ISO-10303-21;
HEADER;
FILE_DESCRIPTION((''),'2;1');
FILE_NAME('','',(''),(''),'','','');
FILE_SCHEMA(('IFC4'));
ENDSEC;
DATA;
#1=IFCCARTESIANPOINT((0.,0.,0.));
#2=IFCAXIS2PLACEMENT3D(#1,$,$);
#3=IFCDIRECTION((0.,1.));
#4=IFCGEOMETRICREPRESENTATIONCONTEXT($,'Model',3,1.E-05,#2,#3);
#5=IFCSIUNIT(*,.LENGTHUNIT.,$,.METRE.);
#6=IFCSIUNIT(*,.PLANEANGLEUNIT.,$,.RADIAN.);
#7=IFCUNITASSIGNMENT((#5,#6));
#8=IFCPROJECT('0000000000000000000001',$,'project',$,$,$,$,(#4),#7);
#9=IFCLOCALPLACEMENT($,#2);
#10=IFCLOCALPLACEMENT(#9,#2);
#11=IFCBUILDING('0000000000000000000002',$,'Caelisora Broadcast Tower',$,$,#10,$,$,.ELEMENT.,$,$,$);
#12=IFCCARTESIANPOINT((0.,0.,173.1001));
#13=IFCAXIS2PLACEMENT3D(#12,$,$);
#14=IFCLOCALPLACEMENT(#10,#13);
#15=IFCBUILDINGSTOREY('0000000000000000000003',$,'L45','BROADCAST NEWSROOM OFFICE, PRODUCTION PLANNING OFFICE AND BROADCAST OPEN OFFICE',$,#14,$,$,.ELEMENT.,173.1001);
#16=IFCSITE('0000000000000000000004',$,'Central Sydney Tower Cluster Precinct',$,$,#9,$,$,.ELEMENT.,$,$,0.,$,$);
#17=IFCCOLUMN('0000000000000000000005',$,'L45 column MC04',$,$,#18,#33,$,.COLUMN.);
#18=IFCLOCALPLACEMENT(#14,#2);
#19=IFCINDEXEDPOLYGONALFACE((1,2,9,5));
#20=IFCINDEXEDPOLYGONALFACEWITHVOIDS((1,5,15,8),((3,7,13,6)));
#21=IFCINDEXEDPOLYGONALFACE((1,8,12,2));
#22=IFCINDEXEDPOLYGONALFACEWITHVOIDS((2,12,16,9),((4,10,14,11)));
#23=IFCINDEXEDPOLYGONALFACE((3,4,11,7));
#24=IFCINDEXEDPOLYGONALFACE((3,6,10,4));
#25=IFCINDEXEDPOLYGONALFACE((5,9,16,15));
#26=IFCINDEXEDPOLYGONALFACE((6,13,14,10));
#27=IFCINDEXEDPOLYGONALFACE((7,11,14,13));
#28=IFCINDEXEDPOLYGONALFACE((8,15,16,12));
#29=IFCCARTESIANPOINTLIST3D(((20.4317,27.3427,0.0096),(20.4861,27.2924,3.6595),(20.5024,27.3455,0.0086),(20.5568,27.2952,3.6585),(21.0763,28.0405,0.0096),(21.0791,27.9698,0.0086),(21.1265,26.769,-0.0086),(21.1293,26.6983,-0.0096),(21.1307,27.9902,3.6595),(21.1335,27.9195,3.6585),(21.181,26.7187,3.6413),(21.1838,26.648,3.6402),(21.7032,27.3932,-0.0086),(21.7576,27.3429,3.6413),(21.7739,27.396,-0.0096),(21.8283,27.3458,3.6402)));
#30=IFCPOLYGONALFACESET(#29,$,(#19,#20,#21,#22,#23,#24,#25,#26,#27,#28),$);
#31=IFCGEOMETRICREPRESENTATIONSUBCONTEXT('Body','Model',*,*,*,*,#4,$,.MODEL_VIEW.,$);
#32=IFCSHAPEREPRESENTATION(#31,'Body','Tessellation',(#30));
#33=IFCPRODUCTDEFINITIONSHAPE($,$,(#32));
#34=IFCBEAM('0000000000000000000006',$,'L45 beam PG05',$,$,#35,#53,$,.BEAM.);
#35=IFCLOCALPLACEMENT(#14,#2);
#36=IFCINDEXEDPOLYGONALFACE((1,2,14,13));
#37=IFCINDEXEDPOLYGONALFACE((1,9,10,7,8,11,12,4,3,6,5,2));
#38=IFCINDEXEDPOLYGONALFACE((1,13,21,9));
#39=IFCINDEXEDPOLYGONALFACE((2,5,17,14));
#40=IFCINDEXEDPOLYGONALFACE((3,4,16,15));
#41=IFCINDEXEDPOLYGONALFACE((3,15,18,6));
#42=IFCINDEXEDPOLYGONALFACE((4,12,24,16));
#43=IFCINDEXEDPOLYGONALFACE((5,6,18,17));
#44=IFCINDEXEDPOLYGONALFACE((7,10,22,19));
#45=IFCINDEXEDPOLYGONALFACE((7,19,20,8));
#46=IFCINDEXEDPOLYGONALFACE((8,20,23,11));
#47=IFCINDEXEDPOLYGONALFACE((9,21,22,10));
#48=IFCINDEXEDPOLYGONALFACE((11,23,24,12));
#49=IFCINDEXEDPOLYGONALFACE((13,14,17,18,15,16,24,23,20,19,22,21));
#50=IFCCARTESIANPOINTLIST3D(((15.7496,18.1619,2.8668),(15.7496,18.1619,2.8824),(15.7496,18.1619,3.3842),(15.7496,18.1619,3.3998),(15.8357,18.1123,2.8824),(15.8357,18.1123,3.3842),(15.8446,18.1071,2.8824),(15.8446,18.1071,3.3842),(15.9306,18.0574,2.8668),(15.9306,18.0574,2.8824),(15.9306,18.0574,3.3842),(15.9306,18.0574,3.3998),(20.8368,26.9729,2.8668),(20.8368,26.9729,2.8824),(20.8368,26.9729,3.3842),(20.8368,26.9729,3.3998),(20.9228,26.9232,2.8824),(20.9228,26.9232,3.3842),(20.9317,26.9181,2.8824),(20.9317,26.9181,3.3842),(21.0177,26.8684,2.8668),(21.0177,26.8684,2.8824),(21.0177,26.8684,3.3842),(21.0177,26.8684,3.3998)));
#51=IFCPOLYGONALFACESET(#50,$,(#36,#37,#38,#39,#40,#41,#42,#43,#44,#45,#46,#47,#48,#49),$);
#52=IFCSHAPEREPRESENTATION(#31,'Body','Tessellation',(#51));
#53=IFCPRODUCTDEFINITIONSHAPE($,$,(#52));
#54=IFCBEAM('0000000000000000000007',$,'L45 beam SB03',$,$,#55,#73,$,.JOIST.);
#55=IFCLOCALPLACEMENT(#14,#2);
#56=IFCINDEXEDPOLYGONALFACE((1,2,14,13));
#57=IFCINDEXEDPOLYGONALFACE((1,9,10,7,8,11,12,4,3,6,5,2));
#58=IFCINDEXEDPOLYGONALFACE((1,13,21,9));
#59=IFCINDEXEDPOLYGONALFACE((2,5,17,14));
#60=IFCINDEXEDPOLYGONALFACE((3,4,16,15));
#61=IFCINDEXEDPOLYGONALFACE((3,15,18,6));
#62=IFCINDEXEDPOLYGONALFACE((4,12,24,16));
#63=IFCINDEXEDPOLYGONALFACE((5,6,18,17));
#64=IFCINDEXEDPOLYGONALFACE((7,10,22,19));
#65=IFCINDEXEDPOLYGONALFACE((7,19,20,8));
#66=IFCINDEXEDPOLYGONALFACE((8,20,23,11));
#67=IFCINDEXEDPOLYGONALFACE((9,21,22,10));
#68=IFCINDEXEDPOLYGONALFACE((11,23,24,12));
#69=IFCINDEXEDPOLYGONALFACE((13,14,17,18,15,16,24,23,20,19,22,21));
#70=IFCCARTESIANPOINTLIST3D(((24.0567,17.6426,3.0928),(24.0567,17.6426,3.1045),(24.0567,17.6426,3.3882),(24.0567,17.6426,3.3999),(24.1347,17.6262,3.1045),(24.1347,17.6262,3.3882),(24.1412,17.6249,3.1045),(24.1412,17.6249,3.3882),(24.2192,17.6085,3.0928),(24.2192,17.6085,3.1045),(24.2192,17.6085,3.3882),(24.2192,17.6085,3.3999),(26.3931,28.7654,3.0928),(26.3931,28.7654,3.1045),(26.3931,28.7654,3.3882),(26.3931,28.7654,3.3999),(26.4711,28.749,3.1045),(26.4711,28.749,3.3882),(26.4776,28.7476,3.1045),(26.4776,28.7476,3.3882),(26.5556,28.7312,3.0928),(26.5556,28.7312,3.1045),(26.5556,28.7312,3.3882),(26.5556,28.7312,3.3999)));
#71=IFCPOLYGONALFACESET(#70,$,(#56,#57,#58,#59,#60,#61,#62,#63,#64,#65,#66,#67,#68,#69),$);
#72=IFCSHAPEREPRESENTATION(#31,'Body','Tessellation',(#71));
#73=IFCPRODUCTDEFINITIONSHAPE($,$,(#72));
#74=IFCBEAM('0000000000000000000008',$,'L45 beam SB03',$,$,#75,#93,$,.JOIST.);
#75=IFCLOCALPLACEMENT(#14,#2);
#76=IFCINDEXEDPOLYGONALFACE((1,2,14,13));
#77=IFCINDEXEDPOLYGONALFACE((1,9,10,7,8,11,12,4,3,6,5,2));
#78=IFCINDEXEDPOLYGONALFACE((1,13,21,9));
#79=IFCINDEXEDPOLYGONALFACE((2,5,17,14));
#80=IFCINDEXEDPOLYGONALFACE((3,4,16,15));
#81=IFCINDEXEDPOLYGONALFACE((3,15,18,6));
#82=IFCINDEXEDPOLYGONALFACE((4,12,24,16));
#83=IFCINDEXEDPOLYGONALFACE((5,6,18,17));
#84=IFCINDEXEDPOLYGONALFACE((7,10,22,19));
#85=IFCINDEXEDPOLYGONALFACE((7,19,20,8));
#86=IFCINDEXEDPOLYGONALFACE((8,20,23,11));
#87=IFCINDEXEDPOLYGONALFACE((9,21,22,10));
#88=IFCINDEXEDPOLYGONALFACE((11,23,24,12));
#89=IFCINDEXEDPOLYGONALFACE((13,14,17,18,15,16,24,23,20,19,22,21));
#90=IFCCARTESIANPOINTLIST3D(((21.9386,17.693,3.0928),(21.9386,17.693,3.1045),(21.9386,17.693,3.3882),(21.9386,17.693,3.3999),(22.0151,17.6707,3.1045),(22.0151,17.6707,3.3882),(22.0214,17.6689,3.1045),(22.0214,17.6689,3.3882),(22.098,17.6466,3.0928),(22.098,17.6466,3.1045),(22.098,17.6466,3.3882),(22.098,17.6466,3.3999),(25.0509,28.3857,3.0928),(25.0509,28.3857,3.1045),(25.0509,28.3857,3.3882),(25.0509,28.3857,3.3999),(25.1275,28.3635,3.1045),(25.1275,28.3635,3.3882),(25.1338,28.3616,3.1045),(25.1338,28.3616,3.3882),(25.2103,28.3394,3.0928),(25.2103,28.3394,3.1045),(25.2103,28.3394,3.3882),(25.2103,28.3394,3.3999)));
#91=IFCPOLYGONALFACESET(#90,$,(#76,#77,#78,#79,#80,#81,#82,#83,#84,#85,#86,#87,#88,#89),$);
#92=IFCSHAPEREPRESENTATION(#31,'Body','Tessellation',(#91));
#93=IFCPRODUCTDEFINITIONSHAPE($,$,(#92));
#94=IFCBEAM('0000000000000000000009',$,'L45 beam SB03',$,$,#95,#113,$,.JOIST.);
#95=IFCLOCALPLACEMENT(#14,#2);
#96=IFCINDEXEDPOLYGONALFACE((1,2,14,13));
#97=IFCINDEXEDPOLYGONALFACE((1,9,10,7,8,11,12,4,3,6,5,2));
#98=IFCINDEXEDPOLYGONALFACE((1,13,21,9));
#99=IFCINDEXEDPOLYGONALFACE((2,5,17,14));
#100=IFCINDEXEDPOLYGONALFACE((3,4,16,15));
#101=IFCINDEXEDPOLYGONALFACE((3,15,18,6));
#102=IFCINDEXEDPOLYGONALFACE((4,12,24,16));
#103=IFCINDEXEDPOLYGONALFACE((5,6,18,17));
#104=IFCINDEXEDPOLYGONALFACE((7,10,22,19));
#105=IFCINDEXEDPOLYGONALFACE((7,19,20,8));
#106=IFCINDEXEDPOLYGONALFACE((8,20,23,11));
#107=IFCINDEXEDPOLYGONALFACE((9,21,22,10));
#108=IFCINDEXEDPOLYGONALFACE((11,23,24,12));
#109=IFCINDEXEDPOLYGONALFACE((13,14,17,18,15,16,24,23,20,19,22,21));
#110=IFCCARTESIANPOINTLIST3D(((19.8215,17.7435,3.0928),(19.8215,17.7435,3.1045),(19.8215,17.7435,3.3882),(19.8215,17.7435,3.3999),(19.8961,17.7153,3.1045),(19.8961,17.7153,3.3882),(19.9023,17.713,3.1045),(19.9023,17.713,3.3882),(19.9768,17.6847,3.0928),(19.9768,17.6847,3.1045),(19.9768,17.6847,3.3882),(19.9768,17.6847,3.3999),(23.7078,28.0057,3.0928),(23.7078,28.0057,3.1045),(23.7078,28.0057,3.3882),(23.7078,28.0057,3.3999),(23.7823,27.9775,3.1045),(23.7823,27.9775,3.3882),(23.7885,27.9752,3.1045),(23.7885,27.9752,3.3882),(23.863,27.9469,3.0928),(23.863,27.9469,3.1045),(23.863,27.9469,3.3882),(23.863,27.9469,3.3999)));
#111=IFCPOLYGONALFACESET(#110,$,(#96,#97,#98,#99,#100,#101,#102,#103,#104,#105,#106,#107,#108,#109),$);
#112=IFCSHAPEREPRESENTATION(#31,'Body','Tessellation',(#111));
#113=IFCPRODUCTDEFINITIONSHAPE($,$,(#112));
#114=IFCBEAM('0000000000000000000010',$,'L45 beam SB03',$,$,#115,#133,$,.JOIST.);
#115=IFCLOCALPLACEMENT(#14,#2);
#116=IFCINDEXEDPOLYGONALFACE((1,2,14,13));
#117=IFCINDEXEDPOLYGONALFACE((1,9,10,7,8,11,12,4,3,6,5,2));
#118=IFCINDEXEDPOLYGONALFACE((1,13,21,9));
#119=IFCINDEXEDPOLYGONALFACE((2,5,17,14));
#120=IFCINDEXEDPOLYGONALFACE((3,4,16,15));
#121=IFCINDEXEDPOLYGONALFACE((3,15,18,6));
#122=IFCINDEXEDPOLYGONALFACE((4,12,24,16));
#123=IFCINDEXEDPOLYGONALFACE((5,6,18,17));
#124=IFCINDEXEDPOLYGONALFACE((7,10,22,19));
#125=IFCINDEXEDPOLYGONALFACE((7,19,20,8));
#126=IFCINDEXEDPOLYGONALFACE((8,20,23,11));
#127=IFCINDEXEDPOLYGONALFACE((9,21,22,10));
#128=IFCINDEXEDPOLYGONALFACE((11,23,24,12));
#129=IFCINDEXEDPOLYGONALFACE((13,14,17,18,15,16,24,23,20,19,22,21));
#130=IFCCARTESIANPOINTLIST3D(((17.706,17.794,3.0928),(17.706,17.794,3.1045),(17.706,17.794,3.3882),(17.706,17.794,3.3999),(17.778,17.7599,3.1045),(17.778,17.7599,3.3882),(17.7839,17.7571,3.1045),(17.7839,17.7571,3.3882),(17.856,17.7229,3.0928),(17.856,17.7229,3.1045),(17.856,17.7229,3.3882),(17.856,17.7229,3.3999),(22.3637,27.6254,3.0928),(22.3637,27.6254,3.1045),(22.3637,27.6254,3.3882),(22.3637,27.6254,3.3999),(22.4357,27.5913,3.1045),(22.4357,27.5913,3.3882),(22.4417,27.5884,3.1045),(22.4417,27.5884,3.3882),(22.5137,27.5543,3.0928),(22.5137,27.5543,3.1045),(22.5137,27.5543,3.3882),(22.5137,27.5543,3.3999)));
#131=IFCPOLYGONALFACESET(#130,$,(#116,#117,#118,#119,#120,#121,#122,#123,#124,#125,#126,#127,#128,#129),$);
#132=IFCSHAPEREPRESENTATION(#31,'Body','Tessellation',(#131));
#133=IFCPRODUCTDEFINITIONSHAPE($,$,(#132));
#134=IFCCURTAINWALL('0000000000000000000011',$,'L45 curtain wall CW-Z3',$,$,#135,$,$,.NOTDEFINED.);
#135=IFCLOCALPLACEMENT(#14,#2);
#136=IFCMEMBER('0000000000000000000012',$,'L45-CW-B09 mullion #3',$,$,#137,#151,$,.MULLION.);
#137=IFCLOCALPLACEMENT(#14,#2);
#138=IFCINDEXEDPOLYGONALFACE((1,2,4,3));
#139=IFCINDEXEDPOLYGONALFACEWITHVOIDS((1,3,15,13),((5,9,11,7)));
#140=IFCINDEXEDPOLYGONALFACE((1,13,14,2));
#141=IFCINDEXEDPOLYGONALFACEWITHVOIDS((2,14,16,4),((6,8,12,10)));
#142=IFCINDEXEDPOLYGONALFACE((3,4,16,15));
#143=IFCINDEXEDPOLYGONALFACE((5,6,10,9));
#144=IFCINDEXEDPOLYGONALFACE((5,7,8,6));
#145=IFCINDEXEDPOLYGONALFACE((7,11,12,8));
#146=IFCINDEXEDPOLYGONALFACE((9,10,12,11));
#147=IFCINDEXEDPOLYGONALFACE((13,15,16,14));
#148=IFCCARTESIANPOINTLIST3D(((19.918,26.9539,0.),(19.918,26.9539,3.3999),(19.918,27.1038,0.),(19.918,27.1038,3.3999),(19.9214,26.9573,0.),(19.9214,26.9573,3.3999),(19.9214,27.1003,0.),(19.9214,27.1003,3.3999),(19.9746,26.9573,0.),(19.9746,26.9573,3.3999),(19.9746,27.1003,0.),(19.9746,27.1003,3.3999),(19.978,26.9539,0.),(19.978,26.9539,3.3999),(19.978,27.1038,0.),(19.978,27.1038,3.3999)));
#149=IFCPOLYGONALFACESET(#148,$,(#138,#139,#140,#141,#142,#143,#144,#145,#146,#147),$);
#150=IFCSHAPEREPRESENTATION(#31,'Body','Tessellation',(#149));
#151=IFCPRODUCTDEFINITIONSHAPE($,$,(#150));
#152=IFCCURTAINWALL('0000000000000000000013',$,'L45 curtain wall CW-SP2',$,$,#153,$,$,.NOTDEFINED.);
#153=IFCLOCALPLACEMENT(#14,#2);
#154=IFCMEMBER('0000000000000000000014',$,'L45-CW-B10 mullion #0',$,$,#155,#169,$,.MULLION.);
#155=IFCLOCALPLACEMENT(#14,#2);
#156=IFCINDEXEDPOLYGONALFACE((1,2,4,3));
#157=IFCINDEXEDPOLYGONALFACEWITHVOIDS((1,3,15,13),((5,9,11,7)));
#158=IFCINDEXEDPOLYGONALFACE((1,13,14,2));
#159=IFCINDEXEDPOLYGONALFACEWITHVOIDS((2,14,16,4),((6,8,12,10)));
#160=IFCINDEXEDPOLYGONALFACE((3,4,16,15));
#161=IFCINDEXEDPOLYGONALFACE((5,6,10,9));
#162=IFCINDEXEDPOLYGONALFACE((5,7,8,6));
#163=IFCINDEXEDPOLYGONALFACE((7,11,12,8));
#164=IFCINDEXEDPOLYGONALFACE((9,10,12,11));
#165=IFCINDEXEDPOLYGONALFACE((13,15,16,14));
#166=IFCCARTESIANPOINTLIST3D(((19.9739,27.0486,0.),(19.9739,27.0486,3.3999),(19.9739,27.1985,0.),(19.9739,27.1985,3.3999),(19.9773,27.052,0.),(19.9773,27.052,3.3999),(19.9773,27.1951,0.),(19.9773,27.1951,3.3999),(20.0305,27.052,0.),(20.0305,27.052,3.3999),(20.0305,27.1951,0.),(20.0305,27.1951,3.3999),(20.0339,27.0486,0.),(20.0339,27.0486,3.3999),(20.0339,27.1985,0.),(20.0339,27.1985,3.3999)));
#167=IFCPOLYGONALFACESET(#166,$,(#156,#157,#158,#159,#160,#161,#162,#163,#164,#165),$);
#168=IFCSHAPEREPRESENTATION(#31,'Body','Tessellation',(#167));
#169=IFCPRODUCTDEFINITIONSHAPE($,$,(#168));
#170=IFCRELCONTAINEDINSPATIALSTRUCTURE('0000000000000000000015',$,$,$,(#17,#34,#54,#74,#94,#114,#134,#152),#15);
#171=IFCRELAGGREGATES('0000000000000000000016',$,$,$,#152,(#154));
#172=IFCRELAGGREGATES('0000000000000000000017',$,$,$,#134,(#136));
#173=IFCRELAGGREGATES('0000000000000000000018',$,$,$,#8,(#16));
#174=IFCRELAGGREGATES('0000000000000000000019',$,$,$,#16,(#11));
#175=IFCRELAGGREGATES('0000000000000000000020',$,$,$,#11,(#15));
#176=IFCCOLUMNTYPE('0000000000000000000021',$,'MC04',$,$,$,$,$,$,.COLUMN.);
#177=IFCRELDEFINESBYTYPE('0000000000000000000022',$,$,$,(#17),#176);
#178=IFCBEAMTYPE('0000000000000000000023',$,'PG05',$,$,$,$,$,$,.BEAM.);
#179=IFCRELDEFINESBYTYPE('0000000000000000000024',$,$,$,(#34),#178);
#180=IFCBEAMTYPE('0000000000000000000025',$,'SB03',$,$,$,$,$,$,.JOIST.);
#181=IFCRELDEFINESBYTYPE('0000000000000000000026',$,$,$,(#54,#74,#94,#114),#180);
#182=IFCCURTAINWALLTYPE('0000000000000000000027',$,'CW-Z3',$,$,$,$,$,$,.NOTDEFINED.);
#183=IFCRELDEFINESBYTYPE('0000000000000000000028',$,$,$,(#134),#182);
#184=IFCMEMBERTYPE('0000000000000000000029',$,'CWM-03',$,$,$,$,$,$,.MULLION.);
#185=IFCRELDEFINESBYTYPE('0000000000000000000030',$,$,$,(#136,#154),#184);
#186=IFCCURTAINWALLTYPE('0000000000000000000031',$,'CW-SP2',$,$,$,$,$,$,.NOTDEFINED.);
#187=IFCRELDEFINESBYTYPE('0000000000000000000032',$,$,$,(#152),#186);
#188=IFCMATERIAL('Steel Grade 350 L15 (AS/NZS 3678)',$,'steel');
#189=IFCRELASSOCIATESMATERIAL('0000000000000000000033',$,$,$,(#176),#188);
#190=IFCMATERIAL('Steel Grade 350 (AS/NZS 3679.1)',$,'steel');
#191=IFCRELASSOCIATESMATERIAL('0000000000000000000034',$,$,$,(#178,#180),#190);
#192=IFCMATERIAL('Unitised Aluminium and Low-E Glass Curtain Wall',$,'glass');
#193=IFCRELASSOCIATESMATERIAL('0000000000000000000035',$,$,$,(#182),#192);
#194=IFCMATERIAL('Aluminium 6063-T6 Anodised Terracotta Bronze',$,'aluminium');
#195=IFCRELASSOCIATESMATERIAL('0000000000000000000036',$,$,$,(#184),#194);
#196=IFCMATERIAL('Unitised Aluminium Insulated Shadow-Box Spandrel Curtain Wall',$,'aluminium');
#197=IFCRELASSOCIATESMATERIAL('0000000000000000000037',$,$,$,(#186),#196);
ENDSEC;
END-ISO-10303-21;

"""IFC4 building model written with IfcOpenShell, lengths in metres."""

from ifc_helpers import new_model, si_unit, direction, frame, origin, origin_2d, place, context, subcontext, project, spatial, hollow_rectangle, i_section, extrude, source, transform, mapped, material, material_profile, profile_set, type_object, type_shapes, element, aggregate, save


model = new_model("IFC4")

# Units and contexts
model_context = context("Model", 3, precision=1e-05, world=origin(), true_north=direction((0.0, 1.0)))
body_context = subcontext(model_context, "Body", "Model", "MODEL_VIEW")
ifc_project = project(units=[si_unit("LENGTHUNIT", "METRE"), si_unit("PLANEANGLEUNIT", "RADIAN")], contexts=[model_context])

# Site, building, storey
site_placement = place(None, origin())
site = spatial("IfcSite", under=ifc_project, at=site_placement, Name="Central Sydney Tower Cluster Precinct", CompositionType="ELEMENT", RefElevation=0.0)
building_placement = place(site_placement, origin())
building = spatial("IfcBuilding", under=site, at=building_placement, Name="Caelisora Broadcast Tower", CompositionType="ELEMENT")
storey_placement = place(building_placement, frame((0.0, 0.0, 173.1001)))
storey = spatial("IfcBuildingStorey", under=building, at=storey_placement, Name="L45", Description="BROADCAST NEWSROOM OFFICE, PRODUCTION PLANNING OFFICE AND BROADCAST OPEN OFFICE", CompositionType="ELEMENT", Elevation=173.1001)

# Column
ifc_material_1 = material(Name="Steel Grade 350 L15 (AS/NZS 3678)", Category="steel")
ifc_material_profile_1 = material_profile(ifc_material_1, hollow_rectangle(XDim=0.95, YDim=0.95, WallThickness=0.05, at=origin_2d()), Name="Steel Grade 350 L15 (AS/NZS 3678)")
ifc_profile_set_1 = profile_set([ifc_material_profile_1], Name="Steel Grade 350 L15 (AS/NZS 3678)")
column_type = type_object("IfcColumnType", Name="MC04", PredefinedType="COLUMN", material=ifc_profile_set_1)
shared_shape_1 = source(origin(), body_context, "Body", "SweptSolid", [
    extrude(hollow_rectangle(XDim=0.95, YDim=0.95, WallThickness=0.05, at=origin_2d()), origin(), (0.0, 0.0, 1.0), 3.6506),
])
type_shapes(column_type, [shared_shape_1])
column_placement = place(storey_placement, frame((21.1028, 27.3694, 0.0), z_axis=(0.014913, -0.013776, 0.999794), x_axis=(0.678554, 0.734551, 0.0)))
element("IfcColumn", 1, at=column_placement, inside=storey, type_object=column_type, Name="L45 column MC04", PredefinedType="COLUMN", context=body_context, shape_type="MappedRepresentation", body=[
    mapped(shared_shape_1, transform((0.0, 0.0, 0.0), scale=1.0)),
])

# Beams
ifc_material_2 = material(Name="Steel Grade 350 (AS/NZS 3679.1)", Category="steel")
ifc_material_profile_2 = material_profile(ifc_material_2, i_section(OverallWidth=0.209, OverallDepth=0.533, WebThickness=0.0103, FlangeThickness=0.0156, at=origin_2d()), Name="Steel Grade 350 (AS/NZS 3679.1)")
ifc_profile_set_2 = profile_set([ifc_material_profile_2], Name="Steel Grade 350 (AS/NZS 3679.1)")
beam_type_1 = type_object("IfcBeamType", Name="PG05", PredefinedType="BEAM", material=ifc_profile_set_2)
shared_shape_2 = source(origin(), body_context, "Body", "SweptSolid", [
    extrude(i_section(OverallWidth=0.209, OverallDepth=0.533, WebThickness=0.0103, FlangeThickness=0.0156, at=origin_2d()), origin(), (0.0, 0.0, 1.0), 10.1741),
])
type_shapes(beam_type_1, [shared_shape_2])
beam_1_placement = place(storey_placement, frame((20.9272, 26.9207, 3.1333), z_axis=(-0.500008, -0.866021, 0.0), x_axis=(0.866021, -0.500008, 0.0)))
element("IfcBeam", 2, at=beam_1_placement, inside=storey, type_object=beam_type_1, Name="L45 beam PG05", PredefinedType="BEAM", context=body_context, shape_type="MappedRepresentation", body=[
    mapped(shared_shape_2, transform((0.0, 0.0, 0.0), scale=1.0)),
])
ifc_material_profile_3 = material_profile(ifc_material_2, i_section(OverallWidth=0.166, OverallDepth=0.3071, WebThickness=0.0066, FlangeThickness=0.0117, at=origin_2d()), Name="Steel Grade 350 (AS/NZS 3679.1)")
ifc_profile_set_3 = profile_set([ifc_material_profile_3], Name="Steel Grade 350 (AS/NZS 3679.1)")
beam_type_2 = type_object("IfcBeamType", Name="SB03", PredefinedType="JOIST", material=ifc_profile_set_3)
shared_shape_3 = source(origin(), body_context, "Body", "SweptSolid", [
    extrude(i_section(OverallWidth=0.166, OverallDepth=0.3071, WebThickness=0.0066, FlangeThickness=0.0117, at=origin_2d()), origin(), (0.0, 0.0, 1.0), 11.3655),
])
beam_2_placement = place(storey_placement, frame((26.4744, 28.7483, 3.2463), z_axis=(-0.205571, -0.978642, 0.0), x_axis=(0.978642, -0.205571, 0.0)))
element("IfcBeam", 3, at=beam_2_placement, inside=storey, type_object=beam_type_2, Name="L45 beam SB03", PredefinedType="JOIST", context=body_context, shape_type="MappedRepresentation", body=[
    mapped(shared_shape_3, transform((0.0, 0.0, 0.0), scale=1.0)),
])
shared_shape_4 = source(origin(), body_context, "Body", "SweptSolid", [
    extrude(i_section(OverallWidth=0.166, OverallDepth=0.3071, WebThickness=0.0066, FlangeThickness=0.0117, at=origin_2d()), origin(), (0.0, 0.0, 1.0), 11.1365),
])
beam_3_placement = place(storey_placement, frame((25.1306, 28.3625, 3.2463), z_axis=(-0.279472, -0.960154, 0.0), x_axis=(0.960154, -0.279472, 0.0)))
element("IfcBeam", 4, at=beam_3_placement, inside=storey, type_object=beam_type_2, Name="L45 beam SB03", PredefinedType="JOIST", context=body_context, shape_type="MappedRepresentation", body=[
    mapped(shared_shape_4, transform((0.0, 0.0, 0.0), scale=1.0)),
])
shared_shape_5 = source(origin(), body_context, "Body", "SweptSolid", [
    extrude(i_section(OverallWidth=0.166, OverallDepth=0.3071, WebThickness=0.0066, FlangeThickness=0.0117, at=origin_2d()), origin(), (0.0, 0.0, 1.0), 10.9734),
])
beam_4_placement = place(storey_placement, frame((23.7854, 27.9763, 3.2463), z_axis=(-0.35415, -0.935189, 0.0), x_axis=(0.935189, -0.35415, 0.0)))
element("IfcBeam", 5, at=beam_4_placement, inside=storey, type_object=beam_type_2, Name="L45 beam SB03", PredefinedType="JOIST", context=body_context, shape_type="MappedRepresentation", body=[
    mapped(shared_shape_5, transform((0.0, 0.0, 0.0), scale=1.0)),
])
shared_shape_6 = source(origin(), body_context, "Body", "SweptSolid", [
    extrude(i_section(OverallWidth=0.166, OverallDepth=0.3071, WebThickness=0.0066, FlangeThickness=0.0117, at=origin_2d()), origin(), (0.0, 0.0, 1.0), 10.8789),
])
type_shapes(beam_type_2, [shared_shape_3, shared_shape_4, shared_shape_5, shared_shape_6])
beam_5_placement = place(storey_placement, frame((22.4387, 27.5898, 3.2463), z_axis=(-0.428145, -0.90371, 0.0), x_axis=(0.90371, -0.428145, 0.0)))
element("IfcBeam", 6, at=beam_5_placement, inside=storey, type_object=beam_type_2, Name="L45 beam SB03", PredefinedType="JOIST", context=body_context, shape_type="MappedRepresentation", body=[
    mapped(shared_shape_6, transform((0.0, 0.0, 0.0), scale=1.0)),
])

# Curtain wall, member
ifc_material_3 = material(Name="Unitised Aluminium and Low-E Glass Curtain Wall", Category="glass")
curtain_wall_type_1 = type_object("IfcCurtainWallType", Name="CW-Z3", PredefinedType="NOTDEFINED", material=ifc_material_3)
curtain_wall_1_placement = place(storey_placement, origin())
curtain_wall_1 = element("IfcCurtainWall", 7, at=curtain_wall_1_placement, inside=storey, type_object=curtain_wall_type_1, Name="L45 curtain wall CW-Z3", PredefinedType="NOTDEFINED")
ifc_material_4 = material(Name="Aluminium 6063-T6 Anodised Terracotta Bronze", Category="aluminium")
ifc_material_profile_4 = material_profile(ifc_material_4, hollow_rectangle(XDim=0.0601, YDim=0.1499, WallThickness=0.0034, at=origin_2d()), Name="Aluminium 6063-T6 Anodised Terracotta Bronze")
ifc_profile_set_4 = profile_set([ifc_material_profile_4], Name="Aluminium 6063-T6 Anodised Terracotta Bronze")
member_type_1 = type_object("IfcMemberType", Name="CWM-03", PredefinedType="MULLION", material=ifc_profile_set_4)
shared_shape_7 = source(origin(), body_context, "Body", "SweptSolid", [
    extrude(hollow_rectangle(XDim=0.0601, YDim=0.1499, WallThickness=0.0034, at=origin_2d()), origin(), (0.0, 0.0, 1.0), 3.3999),
])
type_shapes(member_type_1, [shared_shape_7])
member_1_placement = place(storey_placement, frame((19.948, 27.0288, 0.0), z_axis=(0.0, 0.0, 1.0), x_axis=(1.0, 0.0, 0.0)))
member_1 = element("IfcMember", 8, at=member_1_placement, type_object=member_type_1, Name="L45-CW-B09 mullion #3", PredefinedType="MULLION", context=body_context, shape_type="MappedRepresentation", body=[
    mapped(shared_shape_7, transform((0.0, 0.0, 0.0), scale=1.0)),
])

# Curtain wall, member
ifc_material_5 = material(Name="Unitised Aluminium Insulated Shadow-Box Spandrel Curtain Wall", Category="aluminium")
curtain_wall_type_2 = type_object("IfcCurtainWallType", Name="CW-SP2", PredefinedType="NOTDEFINED", material=ifc_material_5)
curtain_wall_2_placement = place(storey_placement, origin())
curtain_wall_2 = element("IfcCurtainWall", 9, at=curtain_wall_2_placement, inside=storey, type_object=curtain_wall_type_2, Name="L45 curtain wall CW-SP2", PredefinedType="NOTDEFINED")
member_2_placement = place(storey_placement, frame((20.0039, 27.1235, 0.0), z_axis=(0.0, 0.0, 1.0), x_axis=(1.0, 0.0, 0.0)))
member_2 = element("IfcMember", 10, at=member_2_placement, type_object=member_type_1, Name="L45-CW-B10 mullion #0", PredefinedType="MULLION", context=body_context, shape_type="MappedRepresentation", body=[
    mapped(shared_shape_7, transform((0.0, 0.0, 0.0), scale=1.0)),
])

aggregate(curtain_wall_2, [member_2])
aggregate(curtain_wall_1, [member_1])

save(model, "model.ifc")
